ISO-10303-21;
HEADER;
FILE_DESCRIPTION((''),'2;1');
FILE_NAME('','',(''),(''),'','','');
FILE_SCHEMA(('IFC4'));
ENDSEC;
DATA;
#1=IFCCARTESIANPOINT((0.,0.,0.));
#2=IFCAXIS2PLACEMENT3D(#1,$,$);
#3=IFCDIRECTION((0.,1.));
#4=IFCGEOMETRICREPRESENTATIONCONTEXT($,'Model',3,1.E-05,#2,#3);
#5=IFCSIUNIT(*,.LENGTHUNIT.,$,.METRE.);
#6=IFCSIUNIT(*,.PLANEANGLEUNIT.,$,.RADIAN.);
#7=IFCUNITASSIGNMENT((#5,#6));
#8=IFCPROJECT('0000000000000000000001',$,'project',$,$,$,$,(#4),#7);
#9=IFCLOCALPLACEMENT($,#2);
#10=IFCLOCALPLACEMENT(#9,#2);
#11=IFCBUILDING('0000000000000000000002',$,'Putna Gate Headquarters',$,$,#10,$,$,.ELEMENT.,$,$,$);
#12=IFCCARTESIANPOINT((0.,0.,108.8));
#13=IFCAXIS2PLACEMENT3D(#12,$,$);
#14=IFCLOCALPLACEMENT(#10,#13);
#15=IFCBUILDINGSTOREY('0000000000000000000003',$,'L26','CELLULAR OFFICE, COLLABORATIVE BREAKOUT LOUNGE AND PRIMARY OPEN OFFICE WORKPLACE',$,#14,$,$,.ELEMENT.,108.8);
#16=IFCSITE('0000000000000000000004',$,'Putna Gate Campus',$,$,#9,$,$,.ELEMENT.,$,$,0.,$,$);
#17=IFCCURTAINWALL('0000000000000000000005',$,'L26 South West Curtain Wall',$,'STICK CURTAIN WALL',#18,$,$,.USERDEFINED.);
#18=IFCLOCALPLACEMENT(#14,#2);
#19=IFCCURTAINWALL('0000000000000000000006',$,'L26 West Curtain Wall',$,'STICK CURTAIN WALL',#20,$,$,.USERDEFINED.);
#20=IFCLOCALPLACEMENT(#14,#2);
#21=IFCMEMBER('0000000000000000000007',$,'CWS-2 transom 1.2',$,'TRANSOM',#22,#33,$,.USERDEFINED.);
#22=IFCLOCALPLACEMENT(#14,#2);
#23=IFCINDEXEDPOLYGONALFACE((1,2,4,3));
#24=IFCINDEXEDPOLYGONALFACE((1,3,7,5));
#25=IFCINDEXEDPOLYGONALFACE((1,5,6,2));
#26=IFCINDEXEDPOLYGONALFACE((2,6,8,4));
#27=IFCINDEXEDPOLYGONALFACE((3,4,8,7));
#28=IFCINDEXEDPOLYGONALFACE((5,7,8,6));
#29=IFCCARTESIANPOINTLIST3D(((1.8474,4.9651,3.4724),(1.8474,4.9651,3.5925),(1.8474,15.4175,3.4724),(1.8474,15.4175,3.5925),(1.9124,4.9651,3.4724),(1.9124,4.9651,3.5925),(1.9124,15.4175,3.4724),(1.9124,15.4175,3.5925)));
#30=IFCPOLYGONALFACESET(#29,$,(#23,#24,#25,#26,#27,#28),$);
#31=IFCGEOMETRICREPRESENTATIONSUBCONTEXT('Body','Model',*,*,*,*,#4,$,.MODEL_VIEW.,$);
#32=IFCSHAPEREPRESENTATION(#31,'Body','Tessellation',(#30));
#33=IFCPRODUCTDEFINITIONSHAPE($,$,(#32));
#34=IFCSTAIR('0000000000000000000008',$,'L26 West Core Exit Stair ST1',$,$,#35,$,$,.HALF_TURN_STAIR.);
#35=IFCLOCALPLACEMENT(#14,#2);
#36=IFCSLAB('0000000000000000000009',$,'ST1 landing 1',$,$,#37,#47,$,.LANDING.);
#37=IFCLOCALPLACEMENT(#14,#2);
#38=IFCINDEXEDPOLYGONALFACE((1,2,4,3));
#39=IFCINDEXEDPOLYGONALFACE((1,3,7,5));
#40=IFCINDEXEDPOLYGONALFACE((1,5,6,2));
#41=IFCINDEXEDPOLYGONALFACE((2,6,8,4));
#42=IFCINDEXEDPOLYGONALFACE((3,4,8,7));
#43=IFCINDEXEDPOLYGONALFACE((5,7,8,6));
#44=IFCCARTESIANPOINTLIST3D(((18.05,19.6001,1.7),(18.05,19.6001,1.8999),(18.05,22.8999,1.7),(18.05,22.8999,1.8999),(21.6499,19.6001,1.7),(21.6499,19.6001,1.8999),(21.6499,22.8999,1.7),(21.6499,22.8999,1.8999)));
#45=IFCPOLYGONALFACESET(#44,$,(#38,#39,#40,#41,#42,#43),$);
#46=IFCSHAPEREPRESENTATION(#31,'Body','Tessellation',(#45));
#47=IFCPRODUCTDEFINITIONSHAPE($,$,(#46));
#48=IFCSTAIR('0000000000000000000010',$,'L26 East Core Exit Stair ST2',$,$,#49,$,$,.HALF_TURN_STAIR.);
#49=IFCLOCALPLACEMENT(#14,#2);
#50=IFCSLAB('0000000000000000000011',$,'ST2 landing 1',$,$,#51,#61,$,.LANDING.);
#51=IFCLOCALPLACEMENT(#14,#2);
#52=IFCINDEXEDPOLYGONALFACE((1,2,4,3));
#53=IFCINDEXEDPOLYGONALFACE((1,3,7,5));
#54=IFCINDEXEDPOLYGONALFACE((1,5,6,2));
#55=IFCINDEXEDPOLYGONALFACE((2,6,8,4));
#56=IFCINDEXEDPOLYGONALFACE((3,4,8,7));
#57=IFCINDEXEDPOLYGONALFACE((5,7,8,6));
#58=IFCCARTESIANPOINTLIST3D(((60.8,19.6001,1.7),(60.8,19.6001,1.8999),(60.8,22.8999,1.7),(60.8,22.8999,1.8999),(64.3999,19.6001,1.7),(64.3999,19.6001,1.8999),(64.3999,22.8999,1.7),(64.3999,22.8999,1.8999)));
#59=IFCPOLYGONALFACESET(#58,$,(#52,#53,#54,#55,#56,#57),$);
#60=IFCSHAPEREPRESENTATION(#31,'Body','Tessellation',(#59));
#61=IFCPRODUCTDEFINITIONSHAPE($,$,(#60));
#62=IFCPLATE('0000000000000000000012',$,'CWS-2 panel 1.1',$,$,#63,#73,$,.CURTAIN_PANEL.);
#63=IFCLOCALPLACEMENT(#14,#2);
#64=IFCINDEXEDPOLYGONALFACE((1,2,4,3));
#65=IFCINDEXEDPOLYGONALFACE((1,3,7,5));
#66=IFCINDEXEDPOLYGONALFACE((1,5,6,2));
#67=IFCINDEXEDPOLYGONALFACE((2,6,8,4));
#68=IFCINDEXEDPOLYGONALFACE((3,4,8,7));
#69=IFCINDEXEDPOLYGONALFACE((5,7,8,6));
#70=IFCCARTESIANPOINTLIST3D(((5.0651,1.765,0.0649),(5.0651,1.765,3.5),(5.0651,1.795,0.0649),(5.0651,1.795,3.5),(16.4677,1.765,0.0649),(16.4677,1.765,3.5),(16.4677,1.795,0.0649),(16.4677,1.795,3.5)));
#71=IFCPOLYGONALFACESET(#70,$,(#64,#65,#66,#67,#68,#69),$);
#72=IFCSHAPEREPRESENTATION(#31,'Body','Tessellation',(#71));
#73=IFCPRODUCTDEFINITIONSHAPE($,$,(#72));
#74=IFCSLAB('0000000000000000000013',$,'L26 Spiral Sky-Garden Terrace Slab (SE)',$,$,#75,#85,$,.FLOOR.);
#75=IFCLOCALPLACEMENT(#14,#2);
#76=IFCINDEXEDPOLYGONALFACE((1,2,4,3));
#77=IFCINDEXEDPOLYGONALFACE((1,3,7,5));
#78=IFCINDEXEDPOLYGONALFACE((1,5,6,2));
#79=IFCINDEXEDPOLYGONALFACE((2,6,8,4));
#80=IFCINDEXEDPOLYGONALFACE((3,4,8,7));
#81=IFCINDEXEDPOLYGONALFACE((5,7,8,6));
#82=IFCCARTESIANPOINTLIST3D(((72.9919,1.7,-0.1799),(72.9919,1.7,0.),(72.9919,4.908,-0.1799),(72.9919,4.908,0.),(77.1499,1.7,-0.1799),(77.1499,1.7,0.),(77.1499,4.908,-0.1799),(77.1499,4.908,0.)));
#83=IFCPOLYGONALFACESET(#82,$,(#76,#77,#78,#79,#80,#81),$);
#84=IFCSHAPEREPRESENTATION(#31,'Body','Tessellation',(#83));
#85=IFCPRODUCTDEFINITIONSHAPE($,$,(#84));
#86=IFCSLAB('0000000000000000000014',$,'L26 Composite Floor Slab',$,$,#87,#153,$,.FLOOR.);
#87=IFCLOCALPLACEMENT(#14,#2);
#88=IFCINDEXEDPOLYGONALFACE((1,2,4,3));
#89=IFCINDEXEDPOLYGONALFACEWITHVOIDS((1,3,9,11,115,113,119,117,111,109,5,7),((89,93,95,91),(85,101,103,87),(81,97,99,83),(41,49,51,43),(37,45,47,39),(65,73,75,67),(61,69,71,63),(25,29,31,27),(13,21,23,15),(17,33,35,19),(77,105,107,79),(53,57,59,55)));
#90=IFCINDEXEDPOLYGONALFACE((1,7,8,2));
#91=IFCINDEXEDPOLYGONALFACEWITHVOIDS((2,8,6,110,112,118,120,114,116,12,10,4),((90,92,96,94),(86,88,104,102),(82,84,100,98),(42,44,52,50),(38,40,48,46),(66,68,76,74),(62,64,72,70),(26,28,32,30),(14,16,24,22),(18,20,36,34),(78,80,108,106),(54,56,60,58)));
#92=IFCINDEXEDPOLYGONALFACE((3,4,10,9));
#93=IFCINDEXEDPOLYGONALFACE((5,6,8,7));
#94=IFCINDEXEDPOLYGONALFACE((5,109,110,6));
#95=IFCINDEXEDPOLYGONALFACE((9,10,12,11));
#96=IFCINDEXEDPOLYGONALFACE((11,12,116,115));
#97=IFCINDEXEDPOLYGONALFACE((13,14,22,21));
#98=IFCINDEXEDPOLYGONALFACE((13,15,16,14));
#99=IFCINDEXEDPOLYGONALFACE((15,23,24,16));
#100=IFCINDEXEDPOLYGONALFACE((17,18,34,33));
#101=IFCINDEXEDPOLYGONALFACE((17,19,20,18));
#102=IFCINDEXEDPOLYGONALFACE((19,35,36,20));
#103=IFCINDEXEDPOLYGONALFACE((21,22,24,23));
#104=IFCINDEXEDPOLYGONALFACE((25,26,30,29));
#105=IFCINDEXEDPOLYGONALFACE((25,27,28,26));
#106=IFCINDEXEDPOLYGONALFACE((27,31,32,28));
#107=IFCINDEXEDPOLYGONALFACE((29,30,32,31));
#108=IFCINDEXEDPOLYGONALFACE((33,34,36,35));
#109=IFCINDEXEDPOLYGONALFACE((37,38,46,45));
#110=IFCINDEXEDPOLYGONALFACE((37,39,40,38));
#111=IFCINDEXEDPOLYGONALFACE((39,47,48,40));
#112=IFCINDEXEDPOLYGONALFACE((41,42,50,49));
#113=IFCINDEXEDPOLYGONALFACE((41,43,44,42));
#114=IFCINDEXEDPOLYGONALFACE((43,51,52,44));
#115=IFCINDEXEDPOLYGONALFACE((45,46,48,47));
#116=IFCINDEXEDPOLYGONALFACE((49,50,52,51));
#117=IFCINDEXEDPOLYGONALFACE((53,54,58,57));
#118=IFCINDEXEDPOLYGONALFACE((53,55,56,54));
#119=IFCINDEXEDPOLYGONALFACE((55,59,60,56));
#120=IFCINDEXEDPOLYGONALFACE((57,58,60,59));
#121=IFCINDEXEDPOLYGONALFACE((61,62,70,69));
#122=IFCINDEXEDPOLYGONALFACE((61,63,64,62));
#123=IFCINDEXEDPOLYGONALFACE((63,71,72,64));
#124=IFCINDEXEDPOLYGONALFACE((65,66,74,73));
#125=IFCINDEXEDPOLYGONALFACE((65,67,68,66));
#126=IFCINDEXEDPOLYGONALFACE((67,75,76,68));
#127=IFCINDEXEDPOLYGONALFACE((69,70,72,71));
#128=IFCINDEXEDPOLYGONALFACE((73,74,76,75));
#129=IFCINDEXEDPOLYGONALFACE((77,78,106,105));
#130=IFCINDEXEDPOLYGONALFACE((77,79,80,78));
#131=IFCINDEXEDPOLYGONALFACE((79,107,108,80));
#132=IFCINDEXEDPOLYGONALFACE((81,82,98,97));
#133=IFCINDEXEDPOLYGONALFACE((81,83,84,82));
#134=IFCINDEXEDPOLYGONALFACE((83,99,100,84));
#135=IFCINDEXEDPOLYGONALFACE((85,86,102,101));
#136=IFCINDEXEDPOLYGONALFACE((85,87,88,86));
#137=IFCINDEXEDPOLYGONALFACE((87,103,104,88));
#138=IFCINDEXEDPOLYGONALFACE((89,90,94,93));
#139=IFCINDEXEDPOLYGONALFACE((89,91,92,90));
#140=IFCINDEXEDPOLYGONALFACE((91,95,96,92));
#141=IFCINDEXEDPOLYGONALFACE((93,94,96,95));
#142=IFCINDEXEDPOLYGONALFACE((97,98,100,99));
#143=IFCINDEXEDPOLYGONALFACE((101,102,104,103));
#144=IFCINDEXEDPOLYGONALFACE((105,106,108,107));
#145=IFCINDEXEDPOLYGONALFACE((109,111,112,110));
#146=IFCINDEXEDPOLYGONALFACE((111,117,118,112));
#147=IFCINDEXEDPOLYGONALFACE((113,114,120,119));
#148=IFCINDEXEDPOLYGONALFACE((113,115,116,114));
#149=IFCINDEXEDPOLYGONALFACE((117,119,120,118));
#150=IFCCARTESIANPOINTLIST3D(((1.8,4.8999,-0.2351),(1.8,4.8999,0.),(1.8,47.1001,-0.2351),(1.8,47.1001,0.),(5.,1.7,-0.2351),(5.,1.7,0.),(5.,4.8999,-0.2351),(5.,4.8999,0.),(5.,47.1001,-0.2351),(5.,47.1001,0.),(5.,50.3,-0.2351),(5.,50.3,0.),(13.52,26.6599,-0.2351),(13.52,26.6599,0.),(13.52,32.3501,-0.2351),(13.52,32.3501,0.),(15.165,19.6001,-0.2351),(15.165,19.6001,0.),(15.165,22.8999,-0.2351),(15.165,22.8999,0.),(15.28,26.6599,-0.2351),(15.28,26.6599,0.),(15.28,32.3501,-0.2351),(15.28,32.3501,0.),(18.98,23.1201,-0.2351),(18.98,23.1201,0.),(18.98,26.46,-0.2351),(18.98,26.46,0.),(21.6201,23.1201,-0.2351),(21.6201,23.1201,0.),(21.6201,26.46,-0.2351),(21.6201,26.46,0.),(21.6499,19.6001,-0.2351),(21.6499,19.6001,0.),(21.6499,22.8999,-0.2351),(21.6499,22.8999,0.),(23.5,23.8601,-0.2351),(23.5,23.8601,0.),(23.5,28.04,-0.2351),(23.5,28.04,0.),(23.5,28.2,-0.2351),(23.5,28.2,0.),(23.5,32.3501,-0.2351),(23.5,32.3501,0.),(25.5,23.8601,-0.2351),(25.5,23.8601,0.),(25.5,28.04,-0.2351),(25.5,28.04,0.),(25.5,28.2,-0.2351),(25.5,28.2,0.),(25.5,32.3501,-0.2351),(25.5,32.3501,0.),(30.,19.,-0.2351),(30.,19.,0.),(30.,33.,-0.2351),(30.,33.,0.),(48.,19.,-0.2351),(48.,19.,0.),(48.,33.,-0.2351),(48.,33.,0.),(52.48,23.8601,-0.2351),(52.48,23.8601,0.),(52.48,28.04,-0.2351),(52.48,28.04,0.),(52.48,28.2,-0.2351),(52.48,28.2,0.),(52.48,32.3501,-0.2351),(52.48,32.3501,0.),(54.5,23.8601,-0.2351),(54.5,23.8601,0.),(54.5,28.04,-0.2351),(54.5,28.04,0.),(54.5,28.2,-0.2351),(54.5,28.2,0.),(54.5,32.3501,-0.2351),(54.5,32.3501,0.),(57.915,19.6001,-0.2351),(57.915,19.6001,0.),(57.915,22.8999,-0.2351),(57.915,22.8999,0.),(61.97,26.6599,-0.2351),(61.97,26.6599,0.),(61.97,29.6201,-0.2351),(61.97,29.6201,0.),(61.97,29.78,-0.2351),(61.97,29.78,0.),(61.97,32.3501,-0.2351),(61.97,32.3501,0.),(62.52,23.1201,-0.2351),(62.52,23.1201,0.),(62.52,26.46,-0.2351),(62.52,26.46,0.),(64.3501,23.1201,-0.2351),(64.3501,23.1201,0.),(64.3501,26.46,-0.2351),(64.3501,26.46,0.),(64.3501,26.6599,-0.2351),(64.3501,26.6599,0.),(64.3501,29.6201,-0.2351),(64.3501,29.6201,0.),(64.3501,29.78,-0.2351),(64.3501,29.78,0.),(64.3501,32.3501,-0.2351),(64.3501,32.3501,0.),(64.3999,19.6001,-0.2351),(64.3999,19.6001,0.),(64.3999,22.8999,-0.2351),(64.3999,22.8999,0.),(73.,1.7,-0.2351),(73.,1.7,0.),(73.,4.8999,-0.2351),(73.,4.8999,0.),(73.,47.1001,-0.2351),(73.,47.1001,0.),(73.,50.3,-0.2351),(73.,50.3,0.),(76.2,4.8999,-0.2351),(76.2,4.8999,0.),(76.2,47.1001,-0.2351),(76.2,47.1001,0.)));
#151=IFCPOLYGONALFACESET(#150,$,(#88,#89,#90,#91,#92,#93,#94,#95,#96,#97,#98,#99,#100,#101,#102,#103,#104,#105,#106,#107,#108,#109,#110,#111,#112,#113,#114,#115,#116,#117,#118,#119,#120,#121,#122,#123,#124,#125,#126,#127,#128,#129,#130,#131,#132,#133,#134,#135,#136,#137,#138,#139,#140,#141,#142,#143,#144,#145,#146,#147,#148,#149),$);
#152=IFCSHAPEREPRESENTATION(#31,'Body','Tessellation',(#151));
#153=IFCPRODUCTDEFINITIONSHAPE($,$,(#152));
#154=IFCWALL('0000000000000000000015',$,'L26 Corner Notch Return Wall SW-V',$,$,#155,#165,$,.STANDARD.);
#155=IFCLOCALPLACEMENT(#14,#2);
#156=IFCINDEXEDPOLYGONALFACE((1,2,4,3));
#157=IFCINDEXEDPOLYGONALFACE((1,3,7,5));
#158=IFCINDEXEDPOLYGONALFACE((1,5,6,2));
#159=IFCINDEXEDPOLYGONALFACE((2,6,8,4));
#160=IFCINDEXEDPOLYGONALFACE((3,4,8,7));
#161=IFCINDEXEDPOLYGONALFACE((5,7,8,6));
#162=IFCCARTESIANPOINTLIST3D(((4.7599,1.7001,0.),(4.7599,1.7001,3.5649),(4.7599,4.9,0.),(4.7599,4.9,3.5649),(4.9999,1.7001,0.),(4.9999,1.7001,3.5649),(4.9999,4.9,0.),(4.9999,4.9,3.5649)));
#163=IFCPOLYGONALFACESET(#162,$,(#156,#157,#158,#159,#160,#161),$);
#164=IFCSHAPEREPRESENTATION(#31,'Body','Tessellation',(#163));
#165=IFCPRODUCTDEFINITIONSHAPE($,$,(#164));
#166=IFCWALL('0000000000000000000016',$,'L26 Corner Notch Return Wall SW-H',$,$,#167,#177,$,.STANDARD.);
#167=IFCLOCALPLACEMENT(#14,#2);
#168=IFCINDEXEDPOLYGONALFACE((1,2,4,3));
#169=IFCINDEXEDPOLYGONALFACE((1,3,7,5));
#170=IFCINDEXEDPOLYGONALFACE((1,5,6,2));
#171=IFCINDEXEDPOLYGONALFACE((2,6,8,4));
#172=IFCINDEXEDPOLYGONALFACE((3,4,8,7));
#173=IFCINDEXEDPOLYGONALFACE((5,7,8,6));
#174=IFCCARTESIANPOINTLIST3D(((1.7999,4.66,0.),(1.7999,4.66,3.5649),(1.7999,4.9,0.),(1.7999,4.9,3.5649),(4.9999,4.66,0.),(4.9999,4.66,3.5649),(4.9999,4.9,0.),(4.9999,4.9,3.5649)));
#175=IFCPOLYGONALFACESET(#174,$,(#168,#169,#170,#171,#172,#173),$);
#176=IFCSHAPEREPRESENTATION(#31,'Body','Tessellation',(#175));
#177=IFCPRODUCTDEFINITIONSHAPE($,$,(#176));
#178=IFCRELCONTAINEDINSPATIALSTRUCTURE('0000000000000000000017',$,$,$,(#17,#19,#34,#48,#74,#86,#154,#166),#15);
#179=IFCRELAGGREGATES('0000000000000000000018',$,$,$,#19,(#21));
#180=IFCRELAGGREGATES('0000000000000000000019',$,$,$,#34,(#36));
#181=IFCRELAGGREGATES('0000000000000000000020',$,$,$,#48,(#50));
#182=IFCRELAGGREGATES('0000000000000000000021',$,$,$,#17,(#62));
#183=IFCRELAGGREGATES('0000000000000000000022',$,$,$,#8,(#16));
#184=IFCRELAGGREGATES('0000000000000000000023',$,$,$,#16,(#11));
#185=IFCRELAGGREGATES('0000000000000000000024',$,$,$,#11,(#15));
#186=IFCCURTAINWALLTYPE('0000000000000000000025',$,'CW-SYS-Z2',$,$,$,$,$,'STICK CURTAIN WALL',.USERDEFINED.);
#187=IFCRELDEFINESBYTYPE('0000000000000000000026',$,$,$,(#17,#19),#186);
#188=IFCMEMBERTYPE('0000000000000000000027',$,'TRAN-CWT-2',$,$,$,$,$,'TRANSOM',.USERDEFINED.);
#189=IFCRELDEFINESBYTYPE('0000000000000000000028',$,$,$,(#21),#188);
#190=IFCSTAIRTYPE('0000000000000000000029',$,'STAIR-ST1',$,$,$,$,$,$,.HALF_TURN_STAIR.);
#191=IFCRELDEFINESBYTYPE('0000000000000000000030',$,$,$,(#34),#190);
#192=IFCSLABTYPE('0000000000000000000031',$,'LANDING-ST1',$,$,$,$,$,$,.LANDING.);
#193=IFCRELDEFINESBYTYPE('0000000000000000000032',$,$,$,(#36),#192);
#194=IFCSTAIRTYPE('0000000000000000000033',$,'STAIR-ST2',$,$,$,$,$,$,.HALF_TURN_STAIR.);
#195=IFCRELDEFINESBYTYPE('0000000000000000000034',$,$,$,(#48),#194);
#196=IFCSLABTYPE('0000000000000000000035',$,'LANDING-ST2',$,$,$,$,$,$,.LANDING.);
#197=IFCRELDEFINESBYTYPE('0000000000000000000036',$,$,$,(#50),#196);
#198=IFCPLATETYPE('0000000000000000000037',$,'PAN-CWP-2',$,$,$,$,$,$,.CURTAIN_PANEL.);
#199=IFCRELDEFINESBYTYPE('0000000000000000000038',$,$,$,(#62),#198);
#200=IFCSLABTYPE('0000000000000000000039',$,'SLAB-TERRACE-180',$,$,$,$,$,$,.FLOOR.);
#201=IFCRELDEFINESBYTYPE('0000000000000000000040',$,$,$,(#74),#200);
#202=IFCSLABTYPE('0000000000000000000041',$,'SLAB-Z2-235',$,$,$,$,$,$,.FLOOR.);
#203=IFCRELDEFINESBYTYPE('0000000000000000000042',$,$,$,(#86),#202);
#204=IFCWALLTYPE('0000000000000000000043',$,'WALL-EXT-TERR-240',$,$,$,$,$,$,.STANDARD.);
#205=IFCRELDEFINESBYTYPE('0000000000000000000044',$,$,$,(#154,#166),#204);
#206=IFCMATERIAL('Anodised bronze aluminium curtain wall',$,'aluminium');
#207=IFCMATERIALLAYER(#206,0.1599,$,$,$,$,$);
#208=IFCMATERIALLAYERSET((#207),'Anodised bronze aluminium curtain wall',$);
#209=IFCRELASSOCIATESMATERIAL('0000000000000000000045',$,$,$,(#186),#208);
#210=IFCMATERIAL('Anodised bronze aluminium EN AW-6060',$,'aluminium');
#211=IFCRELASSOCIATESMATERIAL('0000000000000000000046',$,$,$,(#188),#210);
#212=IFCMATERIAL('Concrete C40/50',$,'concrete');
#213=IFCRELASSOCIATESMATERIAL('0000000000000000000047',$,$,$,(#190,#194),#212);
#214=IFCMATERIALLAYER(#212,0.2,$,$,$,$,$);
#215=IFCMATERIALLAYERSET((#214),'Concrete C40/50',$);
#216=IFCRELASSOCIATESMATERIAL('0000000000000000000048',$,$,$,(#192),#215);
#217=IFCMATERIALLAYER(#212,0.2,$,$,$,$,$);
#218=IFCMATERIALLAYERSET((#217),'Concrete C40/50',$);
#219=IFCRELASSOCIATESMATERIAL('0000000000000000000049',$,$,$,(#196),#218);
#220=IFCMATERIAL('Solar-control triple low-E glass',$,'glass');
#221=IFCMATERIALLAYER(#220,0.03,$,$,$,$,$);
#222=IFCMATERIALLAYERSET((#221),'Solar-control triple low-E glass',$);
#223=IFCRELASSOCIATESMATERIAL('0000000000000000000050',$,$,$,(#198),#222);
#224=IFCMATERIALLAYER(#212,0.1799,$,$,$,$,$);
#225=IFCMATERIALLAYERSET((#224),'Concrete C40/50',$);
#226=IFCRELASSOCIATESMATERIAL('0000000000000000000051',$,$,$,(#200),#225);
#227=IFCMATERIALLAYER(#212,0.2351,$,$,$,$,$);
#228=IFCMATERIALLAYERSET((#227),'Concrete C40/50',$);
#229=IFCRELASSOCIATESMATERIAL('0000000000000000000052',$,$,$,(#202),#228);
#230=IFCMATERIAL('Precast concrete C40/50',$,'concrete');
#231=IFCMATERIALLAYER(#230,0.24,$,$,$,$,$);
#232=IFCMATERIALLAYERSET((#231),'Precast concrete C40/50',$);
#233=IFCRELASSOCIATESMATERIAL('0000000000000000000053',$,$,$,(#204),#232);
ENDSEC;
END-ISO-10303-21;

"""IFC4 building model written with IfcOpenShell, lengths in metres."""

from ifc_helpers import new_model, si_unit, direction, frame, frame_2d, origin, origin_2d, place, context, subcontext, project, spatial, polyline, rectangle, outline, extrude, material, layer, layer_set, material_profile, profile_set, type_object, element, aggregate, save


model = new_model("IFC4")

# Units and contexts
model_context = context("Model", 3, precision=1e-05, world=origin(), true_north=direction((0.0, 1.0)))
body_context = subcontext(model_context, "Body", "Model", "MODEL_VIEW")
ifc_project = project(units=[si_unit("LENGTHUNIT", "METRE"), si_unit("PLANEANGLEUNIT", "RADIAN")], contexts=[model_context])

# Site, building, storey
site_placement = place(None, origin())
site = spatial("IfcSite", under=ifc_project, at=site_placement, Name="Putna Gate Campus", CompositionType="ELEMENT", RefElevation=0.0)
building_placement = place(site_placement, origin())
building = spatial("IfcBuilding", under=site, at=building_placement, Name="Putna Gate Headquarters", CompositionType="ELEMENT")
storey_placement = place(building_placement, frame((0.0, 0.0, 108.8)))
storey = spatial("IfcBuildingStorey", under=building, at=storey_placement, Name="L26", Description="CELLULAR OFFICE, COLLABORATIVE BREAKOUT LOUNGE AND PRIMARY OPEN OFFICE WORKPLACE", CompositionType="ELEMENT", Elevation=108.8)

# Curtain walls
ifc_material_1 = material(Name="Anodised bronze aluminium curtain wall", Category="aluminium")
ifc_layer_1 = layer(ifc_material_1, 0.1599)
ifc_layer_set_1 = layer_set([ifc_layer_1], Name="Anodised bronze aluminium curtain wall")
curtain_wall_type = type_object("IfcCurtainWallType", Name="CW-SYS-Z2", ElementType="STICK CURTAIN WALL", PredefinedType="USERDEFINED", material=ifc_layer_set_1)
curtain_wall_1_placement = place(storey_placement, origin())
curtain_wall_1 = element("IfcCurtainWall", 1, at=curtain_wall_1_placement, inside=storey, type_object=curtain_wall_type, Name="L26 South West Curtain Wall", ObjectType="STICK CURTAIN WALL", PredefinedType="USERDEFINED")
ifc_material_2 = material(Name="Anodised bronze aluminium EN AW-6060", Category="aluminium")
curtain_wall_2_placement = place(storey_placement, origin())
curtain_wall_2 = element("IfcCurtainWall", 2, at=curtain_wall_2_placement, inside=storey, type_object=curtain_wall_type, Name="L26 West Curtain Wall", ObjectType="STICK CURTAIN WALL", PredefinedType="USERDEFINED")

# Member
ifc_material_profile_1 = material_profile(ifc_material_2, rectangle(XDim=0.0649, YDim=0.1201, at=origin_2d()), Name="Anodised bronze aluminium EN AW-6060")
ifc_profile_set_1 = profile_set([ifc_material_profile_1], Name="Anodised bronze aluminium EN AW-6060")
member_type_1 = type_object("IfcMemberType", Name="TRAN-CWT-2", ElementType="TRANSOM", PredefinedType="USERDEFINED", material=ifc_profile_set_1)
member_1_placement = place(storey_placement, frame((1.8799, 4.9651, 3.5325), z_axis=(0.0, 1.0, 0.0), x_axis=(-1.0, 0.0, 0.0)))
member_1 = element("IfcMember", 3, at=member_1_placement, type_object=member_type_1, Name="CWS-2 transom 1.2", ObjectType="TRANSOM", PredefinedType="USERDEFINED", context=body_context, shape_type="SweptSolid", body=[
    extrude(rectangle(XDim=0.0649, YDim=0.1201, at=origin_2d()), origin(), (0.0, 0.0, 1.0), 10.4524),
])
aggregate(curtain_wall_2, [member_1])

# Stairs, slabs
ifc_material_3 = material(Name="Concrete C40/50", Category="concrete")
stair_type_1 = type_object("IfcStairType", Name="STAIR-ST1", PredefinedType="HALF_TURN_STAIR", material=ifc_material_3)
stair_1_placement = place(storey_placement, origin())
stair_1 = element("IfcStair", 4, at=stair_1_placement, inside=storey, type_object=stair_type_1, Name="L26 West Core Exit Stair ST1", PredefinedType="HALF_TURN_STAIR")
ifc_layer_2 = layer(ifc_material_3, 0.2)
ifc_layer_set_2 = layer_set([ifc_layer_2], Name="Concrete C40/50")
slab_type_1 = type_object("IfcSlabType", Name="LANDING-ST1", PredefinedType="LANDING", material=ifc_layer_set_2)
slab_1_placement = place(storey_placement, frame((0.0, 0.0, 1.7)))
slab_1 = element("IfcSlab", 5, at=slab_1_placement, type_object=slab_type_1, Name="ST1 landing 1", PredefinedType="LANDING", context=body_context, shape_type="SweptSolid", body=[
    extrude(outline(polyline([(18.05, 19.6001), (21.6499, 19.6001), (21.6499, 22.8999), (18.05, 22.8999), (18.05, 19.6001)])), origin(), (0.0, 0.0, 1.0), 0.2),
])
aggregate(stair_1, [slab_1])
stair_type_2 = type_object("IfcStairType", Name="STAIR-ST2", PredefinedType="HALF_TURN_STAIR", material=ifc_material_3)
stair_2_placement = place(storey_placement, origin())
stair_2 = element("IfcStair", 6, at=stair_2_placement, inside=storey, type_object=stair_type_2, Name="L26 East Core Exit Stair ST2", PredefinedType="HALF_TURN_STAIR")
ifc_layer_3 = layer(ifc_material_3, 0.2)
ifc_layer_set_3 = layer_set([ifc_layer_3], Name="Concrete C40/50")
slab_type_2 = type_object("IfcSlabType", Name="LANDING-ST2", PredefinedType="LANDING", material=ifc_layer_set_3)
slab_2_placement = place(storey_placement, frame((0.0, 0.0, 1.7)))
slab_2 = element("IfcSlab", 7, at=slab_2_placement, type_object=slab_type_2, Name="ST2 landing 1", PredefinedType="LANDING", context=body_context, shape_type="SweptSolid", body=[
    extrude(outline(polyline([(60.8, 19.6001), (64.3999, 19.6001), (64.3999, 22.8999), (60.8, 22.8999), (60.8, 19.6001)])), origin(), (0.0, 0.0, 1.0), 0.2),
])
aggregate(stair_2, [slab_2])

# Plate
ifc_material_4 = material(Name="Solar-control triple low-E glass", Category="glass")
ifc_layer_4 = layer(ifc_material_4, 0.03)
ifc_layer_set_4 = layer_set([ifc_layer_4], Name="Solar-control triple low-E glass")
plate_type = type_object("IfcPlateType", Name="PAN-CWP-2", PredefinedType="CURTAIN_PANEL", material=ifc_layer_set_4)
plate_placement = place(storey_placement, frame((10.7664, 1.78, 0.0649), z_axis=(0.0, 0.0, 1.0), x_axis=(1.0, 0.0, 0.0)))
plate = element("IfcPlate", 8, at=plate_placement, type_object=plate_type, Name="CWS-2 panel 1.1", PredefinedType="CURTAIN_PANEL", context=body_context, shape_type="SweptSolid", body=[
    extrude(rectangle(XDim=11.4026, YDim=0.03, at=origin_2d()), origin(), (0.0, 0.0, 1.0), 3.4351),
])
aggregate(curtain_wall_1, [plate])

# Slabs
ifc_layer_5 = layer(ifc_material_3, 0.1799)
ifc_layer_set_5 = layer_set([ifc_layer_5], Name="Concrete C40/50")
slab_type_3 = type_object("IfcSlabType", Name="SLAB-TERRACE-180", PredefinedType="FLOOR", material=ifc_layer_set_5)
slab_3_placement = place(storey_placement, frame((0.0, 0.0, -0.1799)))
element("IfcSlab", 9, at=slab_3_placement, inside=storey, type_object=slab_type_3, Name="L26 Spiral Sky-Garden Terrace Slab (SE)", PredefinedType="FLOOR", context=body_context, shape_type="SweptSolid", body=[
    extrude(outline(polyline([(72.9919, 1.7), (77.1499, 1.7), (77.1499, 4.908), (72.9919, 4.908), (72.9919, 1.7)])), origin(), (0.0, 0.0, 1.0), 0.1799),
])
ifc_layer_6 = layer(ifc_material_3, 0.2351)
ifc_layer_set_6 = layer_set([ifc_layer_6], Name="Concrete C40/50")
slab_type_4 = type_object("IfcSlabType", Name="SLAB-Z2-235", PredefinedType="FLOOR", material=ifc_layer_set_6)
slab_4_placement = place(storey_placement, frame((0.0, 0.0, -0.2351)))
element("IfcSlab", 10, at=slab_4_placement, inside=storey, type_object=slab_type_4, Name="L26 Composite Floor Slab", PredefinedType="FLOOR", context=body_context, shape_type="SweptSolid", body=[
    extrude(outline(polyline([(5.0, 1.7), (73.0, 1.7), (73.0, 4.8999), (76.2, 4.8999), (76.2, 47.1001), (73.0, 47.1001), (73.0, 50.3), (5.0, 50.3), (5.0, 47.1001), (1.8, 47.1001), (1.8, 4.8999), (5.0, 4.8999), (5.0, 1.7)]), holes=[polyline([(15.165, 19.6001), (21.6499, 19.6001), (21.6499, 22.8999), (15.165, 22.8999), (15.165, 19.6001)]), polyline([(57.915, 19.6001), (64.3999, 19.6001), (64.3999, 22.8999), (57.915, 22.8999), (57.915, 19.6001)]), polyline([(13.52, 26.6599), (15.28, 26.6599), (15.28, 32.3501), (13.52, 32.3501), (13.52, 26.6599)]), polyline([(61.97, 29.78), (64.3501, 29.78), (64.3501, 32.3501), (61.97, 32.3501), (61.97, 29.78)]), polyline([(18.98, 23.1201), (21.6201, 23.1201), (21.6201, 26.46), (18.98, 26.46), (18.98, 23.1201)]), polyline([(62.52, 23.1201), (64.3501, 23.1201), (64.3501, 26.46), (62.52, 26.46), (62.52, 23.1201)]), polyline([(61.97, 26.6599), (64.3501, 26.6599), (64.3501, 29.6201), (61.97, 29.6201), (61.97, 26.6599)]), polyline([(23.5, 23.8601), (25.5, 23.8601), (25.5, 28.04), (23.5, 28.04), (23.5, 23.8601)]), polyline([(52.48, 23.8601), (54.5, 23.8601), (54.5, 28.04), (52.48, 28.04), (52.48, 23.8601)]), polyline([(23.5, 28.2), (25.5, 28.2), (25.5, 32.3501), (23.5, 32.3501), (23.5, 28.2)]), polyline([(52.48, 28.2), (54.5, 28.2), (54.5, 32.3501), (52.48, 32.3501), (52.48, 28.2)]), polyline([(30.0, 19.0), (48.0, 19.0), (48.0, 33.0), (30.0, 33.0), (30.0, 19.0)])]), origin(), (0.0, 0.0, 1.0), 0.2351),
])

# Walls
ifc_material_5 = material(Name="Precast concrete C40/50", Category="concrete")
ifc_layer_7 = layer(ifc_material_5, 0.24)
ifc_layer_set_7 = layer_set([ifc_layer_7], Name="Precast concrete C40/50")
wall_type = type_object("IfcWallType", Name="WALL-EXT-TERR-240", PredefinedType="STANDARD", material=ifc_layer_set_7)
for number, where, z_axis, x_axis, name in (
    (11, (4.8799, 1.7, 0.0), (0.0, 0.0, 1.0), (0.0, 1.0, 0.0), "L26 Corner Notch Return Wall SW-V"),
    (12, (5.0, 4.78, 0.0), (0.0, 0.0, 1.0), (-1.0, 0.0, 0.0), "L26 Corner Notch Return Wall SW-H"),
):
    element("IfcWall", number, at=place(storey_placement, frame(where, z_axis=z_axis, x_axis=x_axis)), inside=storey, type_object=wall_type, Name=name, PredefinedType="STANDARD", context=body_context, shape_type="SweptSolid", body=[
        extrude(rectangle(XDim=3.2, YDim=0.24, at=frame_2d((1.6001, 0.0))), origin(), (0.0, 0.0, 1.0), 3.5649),
    ])

save(model, "model.ifc")
